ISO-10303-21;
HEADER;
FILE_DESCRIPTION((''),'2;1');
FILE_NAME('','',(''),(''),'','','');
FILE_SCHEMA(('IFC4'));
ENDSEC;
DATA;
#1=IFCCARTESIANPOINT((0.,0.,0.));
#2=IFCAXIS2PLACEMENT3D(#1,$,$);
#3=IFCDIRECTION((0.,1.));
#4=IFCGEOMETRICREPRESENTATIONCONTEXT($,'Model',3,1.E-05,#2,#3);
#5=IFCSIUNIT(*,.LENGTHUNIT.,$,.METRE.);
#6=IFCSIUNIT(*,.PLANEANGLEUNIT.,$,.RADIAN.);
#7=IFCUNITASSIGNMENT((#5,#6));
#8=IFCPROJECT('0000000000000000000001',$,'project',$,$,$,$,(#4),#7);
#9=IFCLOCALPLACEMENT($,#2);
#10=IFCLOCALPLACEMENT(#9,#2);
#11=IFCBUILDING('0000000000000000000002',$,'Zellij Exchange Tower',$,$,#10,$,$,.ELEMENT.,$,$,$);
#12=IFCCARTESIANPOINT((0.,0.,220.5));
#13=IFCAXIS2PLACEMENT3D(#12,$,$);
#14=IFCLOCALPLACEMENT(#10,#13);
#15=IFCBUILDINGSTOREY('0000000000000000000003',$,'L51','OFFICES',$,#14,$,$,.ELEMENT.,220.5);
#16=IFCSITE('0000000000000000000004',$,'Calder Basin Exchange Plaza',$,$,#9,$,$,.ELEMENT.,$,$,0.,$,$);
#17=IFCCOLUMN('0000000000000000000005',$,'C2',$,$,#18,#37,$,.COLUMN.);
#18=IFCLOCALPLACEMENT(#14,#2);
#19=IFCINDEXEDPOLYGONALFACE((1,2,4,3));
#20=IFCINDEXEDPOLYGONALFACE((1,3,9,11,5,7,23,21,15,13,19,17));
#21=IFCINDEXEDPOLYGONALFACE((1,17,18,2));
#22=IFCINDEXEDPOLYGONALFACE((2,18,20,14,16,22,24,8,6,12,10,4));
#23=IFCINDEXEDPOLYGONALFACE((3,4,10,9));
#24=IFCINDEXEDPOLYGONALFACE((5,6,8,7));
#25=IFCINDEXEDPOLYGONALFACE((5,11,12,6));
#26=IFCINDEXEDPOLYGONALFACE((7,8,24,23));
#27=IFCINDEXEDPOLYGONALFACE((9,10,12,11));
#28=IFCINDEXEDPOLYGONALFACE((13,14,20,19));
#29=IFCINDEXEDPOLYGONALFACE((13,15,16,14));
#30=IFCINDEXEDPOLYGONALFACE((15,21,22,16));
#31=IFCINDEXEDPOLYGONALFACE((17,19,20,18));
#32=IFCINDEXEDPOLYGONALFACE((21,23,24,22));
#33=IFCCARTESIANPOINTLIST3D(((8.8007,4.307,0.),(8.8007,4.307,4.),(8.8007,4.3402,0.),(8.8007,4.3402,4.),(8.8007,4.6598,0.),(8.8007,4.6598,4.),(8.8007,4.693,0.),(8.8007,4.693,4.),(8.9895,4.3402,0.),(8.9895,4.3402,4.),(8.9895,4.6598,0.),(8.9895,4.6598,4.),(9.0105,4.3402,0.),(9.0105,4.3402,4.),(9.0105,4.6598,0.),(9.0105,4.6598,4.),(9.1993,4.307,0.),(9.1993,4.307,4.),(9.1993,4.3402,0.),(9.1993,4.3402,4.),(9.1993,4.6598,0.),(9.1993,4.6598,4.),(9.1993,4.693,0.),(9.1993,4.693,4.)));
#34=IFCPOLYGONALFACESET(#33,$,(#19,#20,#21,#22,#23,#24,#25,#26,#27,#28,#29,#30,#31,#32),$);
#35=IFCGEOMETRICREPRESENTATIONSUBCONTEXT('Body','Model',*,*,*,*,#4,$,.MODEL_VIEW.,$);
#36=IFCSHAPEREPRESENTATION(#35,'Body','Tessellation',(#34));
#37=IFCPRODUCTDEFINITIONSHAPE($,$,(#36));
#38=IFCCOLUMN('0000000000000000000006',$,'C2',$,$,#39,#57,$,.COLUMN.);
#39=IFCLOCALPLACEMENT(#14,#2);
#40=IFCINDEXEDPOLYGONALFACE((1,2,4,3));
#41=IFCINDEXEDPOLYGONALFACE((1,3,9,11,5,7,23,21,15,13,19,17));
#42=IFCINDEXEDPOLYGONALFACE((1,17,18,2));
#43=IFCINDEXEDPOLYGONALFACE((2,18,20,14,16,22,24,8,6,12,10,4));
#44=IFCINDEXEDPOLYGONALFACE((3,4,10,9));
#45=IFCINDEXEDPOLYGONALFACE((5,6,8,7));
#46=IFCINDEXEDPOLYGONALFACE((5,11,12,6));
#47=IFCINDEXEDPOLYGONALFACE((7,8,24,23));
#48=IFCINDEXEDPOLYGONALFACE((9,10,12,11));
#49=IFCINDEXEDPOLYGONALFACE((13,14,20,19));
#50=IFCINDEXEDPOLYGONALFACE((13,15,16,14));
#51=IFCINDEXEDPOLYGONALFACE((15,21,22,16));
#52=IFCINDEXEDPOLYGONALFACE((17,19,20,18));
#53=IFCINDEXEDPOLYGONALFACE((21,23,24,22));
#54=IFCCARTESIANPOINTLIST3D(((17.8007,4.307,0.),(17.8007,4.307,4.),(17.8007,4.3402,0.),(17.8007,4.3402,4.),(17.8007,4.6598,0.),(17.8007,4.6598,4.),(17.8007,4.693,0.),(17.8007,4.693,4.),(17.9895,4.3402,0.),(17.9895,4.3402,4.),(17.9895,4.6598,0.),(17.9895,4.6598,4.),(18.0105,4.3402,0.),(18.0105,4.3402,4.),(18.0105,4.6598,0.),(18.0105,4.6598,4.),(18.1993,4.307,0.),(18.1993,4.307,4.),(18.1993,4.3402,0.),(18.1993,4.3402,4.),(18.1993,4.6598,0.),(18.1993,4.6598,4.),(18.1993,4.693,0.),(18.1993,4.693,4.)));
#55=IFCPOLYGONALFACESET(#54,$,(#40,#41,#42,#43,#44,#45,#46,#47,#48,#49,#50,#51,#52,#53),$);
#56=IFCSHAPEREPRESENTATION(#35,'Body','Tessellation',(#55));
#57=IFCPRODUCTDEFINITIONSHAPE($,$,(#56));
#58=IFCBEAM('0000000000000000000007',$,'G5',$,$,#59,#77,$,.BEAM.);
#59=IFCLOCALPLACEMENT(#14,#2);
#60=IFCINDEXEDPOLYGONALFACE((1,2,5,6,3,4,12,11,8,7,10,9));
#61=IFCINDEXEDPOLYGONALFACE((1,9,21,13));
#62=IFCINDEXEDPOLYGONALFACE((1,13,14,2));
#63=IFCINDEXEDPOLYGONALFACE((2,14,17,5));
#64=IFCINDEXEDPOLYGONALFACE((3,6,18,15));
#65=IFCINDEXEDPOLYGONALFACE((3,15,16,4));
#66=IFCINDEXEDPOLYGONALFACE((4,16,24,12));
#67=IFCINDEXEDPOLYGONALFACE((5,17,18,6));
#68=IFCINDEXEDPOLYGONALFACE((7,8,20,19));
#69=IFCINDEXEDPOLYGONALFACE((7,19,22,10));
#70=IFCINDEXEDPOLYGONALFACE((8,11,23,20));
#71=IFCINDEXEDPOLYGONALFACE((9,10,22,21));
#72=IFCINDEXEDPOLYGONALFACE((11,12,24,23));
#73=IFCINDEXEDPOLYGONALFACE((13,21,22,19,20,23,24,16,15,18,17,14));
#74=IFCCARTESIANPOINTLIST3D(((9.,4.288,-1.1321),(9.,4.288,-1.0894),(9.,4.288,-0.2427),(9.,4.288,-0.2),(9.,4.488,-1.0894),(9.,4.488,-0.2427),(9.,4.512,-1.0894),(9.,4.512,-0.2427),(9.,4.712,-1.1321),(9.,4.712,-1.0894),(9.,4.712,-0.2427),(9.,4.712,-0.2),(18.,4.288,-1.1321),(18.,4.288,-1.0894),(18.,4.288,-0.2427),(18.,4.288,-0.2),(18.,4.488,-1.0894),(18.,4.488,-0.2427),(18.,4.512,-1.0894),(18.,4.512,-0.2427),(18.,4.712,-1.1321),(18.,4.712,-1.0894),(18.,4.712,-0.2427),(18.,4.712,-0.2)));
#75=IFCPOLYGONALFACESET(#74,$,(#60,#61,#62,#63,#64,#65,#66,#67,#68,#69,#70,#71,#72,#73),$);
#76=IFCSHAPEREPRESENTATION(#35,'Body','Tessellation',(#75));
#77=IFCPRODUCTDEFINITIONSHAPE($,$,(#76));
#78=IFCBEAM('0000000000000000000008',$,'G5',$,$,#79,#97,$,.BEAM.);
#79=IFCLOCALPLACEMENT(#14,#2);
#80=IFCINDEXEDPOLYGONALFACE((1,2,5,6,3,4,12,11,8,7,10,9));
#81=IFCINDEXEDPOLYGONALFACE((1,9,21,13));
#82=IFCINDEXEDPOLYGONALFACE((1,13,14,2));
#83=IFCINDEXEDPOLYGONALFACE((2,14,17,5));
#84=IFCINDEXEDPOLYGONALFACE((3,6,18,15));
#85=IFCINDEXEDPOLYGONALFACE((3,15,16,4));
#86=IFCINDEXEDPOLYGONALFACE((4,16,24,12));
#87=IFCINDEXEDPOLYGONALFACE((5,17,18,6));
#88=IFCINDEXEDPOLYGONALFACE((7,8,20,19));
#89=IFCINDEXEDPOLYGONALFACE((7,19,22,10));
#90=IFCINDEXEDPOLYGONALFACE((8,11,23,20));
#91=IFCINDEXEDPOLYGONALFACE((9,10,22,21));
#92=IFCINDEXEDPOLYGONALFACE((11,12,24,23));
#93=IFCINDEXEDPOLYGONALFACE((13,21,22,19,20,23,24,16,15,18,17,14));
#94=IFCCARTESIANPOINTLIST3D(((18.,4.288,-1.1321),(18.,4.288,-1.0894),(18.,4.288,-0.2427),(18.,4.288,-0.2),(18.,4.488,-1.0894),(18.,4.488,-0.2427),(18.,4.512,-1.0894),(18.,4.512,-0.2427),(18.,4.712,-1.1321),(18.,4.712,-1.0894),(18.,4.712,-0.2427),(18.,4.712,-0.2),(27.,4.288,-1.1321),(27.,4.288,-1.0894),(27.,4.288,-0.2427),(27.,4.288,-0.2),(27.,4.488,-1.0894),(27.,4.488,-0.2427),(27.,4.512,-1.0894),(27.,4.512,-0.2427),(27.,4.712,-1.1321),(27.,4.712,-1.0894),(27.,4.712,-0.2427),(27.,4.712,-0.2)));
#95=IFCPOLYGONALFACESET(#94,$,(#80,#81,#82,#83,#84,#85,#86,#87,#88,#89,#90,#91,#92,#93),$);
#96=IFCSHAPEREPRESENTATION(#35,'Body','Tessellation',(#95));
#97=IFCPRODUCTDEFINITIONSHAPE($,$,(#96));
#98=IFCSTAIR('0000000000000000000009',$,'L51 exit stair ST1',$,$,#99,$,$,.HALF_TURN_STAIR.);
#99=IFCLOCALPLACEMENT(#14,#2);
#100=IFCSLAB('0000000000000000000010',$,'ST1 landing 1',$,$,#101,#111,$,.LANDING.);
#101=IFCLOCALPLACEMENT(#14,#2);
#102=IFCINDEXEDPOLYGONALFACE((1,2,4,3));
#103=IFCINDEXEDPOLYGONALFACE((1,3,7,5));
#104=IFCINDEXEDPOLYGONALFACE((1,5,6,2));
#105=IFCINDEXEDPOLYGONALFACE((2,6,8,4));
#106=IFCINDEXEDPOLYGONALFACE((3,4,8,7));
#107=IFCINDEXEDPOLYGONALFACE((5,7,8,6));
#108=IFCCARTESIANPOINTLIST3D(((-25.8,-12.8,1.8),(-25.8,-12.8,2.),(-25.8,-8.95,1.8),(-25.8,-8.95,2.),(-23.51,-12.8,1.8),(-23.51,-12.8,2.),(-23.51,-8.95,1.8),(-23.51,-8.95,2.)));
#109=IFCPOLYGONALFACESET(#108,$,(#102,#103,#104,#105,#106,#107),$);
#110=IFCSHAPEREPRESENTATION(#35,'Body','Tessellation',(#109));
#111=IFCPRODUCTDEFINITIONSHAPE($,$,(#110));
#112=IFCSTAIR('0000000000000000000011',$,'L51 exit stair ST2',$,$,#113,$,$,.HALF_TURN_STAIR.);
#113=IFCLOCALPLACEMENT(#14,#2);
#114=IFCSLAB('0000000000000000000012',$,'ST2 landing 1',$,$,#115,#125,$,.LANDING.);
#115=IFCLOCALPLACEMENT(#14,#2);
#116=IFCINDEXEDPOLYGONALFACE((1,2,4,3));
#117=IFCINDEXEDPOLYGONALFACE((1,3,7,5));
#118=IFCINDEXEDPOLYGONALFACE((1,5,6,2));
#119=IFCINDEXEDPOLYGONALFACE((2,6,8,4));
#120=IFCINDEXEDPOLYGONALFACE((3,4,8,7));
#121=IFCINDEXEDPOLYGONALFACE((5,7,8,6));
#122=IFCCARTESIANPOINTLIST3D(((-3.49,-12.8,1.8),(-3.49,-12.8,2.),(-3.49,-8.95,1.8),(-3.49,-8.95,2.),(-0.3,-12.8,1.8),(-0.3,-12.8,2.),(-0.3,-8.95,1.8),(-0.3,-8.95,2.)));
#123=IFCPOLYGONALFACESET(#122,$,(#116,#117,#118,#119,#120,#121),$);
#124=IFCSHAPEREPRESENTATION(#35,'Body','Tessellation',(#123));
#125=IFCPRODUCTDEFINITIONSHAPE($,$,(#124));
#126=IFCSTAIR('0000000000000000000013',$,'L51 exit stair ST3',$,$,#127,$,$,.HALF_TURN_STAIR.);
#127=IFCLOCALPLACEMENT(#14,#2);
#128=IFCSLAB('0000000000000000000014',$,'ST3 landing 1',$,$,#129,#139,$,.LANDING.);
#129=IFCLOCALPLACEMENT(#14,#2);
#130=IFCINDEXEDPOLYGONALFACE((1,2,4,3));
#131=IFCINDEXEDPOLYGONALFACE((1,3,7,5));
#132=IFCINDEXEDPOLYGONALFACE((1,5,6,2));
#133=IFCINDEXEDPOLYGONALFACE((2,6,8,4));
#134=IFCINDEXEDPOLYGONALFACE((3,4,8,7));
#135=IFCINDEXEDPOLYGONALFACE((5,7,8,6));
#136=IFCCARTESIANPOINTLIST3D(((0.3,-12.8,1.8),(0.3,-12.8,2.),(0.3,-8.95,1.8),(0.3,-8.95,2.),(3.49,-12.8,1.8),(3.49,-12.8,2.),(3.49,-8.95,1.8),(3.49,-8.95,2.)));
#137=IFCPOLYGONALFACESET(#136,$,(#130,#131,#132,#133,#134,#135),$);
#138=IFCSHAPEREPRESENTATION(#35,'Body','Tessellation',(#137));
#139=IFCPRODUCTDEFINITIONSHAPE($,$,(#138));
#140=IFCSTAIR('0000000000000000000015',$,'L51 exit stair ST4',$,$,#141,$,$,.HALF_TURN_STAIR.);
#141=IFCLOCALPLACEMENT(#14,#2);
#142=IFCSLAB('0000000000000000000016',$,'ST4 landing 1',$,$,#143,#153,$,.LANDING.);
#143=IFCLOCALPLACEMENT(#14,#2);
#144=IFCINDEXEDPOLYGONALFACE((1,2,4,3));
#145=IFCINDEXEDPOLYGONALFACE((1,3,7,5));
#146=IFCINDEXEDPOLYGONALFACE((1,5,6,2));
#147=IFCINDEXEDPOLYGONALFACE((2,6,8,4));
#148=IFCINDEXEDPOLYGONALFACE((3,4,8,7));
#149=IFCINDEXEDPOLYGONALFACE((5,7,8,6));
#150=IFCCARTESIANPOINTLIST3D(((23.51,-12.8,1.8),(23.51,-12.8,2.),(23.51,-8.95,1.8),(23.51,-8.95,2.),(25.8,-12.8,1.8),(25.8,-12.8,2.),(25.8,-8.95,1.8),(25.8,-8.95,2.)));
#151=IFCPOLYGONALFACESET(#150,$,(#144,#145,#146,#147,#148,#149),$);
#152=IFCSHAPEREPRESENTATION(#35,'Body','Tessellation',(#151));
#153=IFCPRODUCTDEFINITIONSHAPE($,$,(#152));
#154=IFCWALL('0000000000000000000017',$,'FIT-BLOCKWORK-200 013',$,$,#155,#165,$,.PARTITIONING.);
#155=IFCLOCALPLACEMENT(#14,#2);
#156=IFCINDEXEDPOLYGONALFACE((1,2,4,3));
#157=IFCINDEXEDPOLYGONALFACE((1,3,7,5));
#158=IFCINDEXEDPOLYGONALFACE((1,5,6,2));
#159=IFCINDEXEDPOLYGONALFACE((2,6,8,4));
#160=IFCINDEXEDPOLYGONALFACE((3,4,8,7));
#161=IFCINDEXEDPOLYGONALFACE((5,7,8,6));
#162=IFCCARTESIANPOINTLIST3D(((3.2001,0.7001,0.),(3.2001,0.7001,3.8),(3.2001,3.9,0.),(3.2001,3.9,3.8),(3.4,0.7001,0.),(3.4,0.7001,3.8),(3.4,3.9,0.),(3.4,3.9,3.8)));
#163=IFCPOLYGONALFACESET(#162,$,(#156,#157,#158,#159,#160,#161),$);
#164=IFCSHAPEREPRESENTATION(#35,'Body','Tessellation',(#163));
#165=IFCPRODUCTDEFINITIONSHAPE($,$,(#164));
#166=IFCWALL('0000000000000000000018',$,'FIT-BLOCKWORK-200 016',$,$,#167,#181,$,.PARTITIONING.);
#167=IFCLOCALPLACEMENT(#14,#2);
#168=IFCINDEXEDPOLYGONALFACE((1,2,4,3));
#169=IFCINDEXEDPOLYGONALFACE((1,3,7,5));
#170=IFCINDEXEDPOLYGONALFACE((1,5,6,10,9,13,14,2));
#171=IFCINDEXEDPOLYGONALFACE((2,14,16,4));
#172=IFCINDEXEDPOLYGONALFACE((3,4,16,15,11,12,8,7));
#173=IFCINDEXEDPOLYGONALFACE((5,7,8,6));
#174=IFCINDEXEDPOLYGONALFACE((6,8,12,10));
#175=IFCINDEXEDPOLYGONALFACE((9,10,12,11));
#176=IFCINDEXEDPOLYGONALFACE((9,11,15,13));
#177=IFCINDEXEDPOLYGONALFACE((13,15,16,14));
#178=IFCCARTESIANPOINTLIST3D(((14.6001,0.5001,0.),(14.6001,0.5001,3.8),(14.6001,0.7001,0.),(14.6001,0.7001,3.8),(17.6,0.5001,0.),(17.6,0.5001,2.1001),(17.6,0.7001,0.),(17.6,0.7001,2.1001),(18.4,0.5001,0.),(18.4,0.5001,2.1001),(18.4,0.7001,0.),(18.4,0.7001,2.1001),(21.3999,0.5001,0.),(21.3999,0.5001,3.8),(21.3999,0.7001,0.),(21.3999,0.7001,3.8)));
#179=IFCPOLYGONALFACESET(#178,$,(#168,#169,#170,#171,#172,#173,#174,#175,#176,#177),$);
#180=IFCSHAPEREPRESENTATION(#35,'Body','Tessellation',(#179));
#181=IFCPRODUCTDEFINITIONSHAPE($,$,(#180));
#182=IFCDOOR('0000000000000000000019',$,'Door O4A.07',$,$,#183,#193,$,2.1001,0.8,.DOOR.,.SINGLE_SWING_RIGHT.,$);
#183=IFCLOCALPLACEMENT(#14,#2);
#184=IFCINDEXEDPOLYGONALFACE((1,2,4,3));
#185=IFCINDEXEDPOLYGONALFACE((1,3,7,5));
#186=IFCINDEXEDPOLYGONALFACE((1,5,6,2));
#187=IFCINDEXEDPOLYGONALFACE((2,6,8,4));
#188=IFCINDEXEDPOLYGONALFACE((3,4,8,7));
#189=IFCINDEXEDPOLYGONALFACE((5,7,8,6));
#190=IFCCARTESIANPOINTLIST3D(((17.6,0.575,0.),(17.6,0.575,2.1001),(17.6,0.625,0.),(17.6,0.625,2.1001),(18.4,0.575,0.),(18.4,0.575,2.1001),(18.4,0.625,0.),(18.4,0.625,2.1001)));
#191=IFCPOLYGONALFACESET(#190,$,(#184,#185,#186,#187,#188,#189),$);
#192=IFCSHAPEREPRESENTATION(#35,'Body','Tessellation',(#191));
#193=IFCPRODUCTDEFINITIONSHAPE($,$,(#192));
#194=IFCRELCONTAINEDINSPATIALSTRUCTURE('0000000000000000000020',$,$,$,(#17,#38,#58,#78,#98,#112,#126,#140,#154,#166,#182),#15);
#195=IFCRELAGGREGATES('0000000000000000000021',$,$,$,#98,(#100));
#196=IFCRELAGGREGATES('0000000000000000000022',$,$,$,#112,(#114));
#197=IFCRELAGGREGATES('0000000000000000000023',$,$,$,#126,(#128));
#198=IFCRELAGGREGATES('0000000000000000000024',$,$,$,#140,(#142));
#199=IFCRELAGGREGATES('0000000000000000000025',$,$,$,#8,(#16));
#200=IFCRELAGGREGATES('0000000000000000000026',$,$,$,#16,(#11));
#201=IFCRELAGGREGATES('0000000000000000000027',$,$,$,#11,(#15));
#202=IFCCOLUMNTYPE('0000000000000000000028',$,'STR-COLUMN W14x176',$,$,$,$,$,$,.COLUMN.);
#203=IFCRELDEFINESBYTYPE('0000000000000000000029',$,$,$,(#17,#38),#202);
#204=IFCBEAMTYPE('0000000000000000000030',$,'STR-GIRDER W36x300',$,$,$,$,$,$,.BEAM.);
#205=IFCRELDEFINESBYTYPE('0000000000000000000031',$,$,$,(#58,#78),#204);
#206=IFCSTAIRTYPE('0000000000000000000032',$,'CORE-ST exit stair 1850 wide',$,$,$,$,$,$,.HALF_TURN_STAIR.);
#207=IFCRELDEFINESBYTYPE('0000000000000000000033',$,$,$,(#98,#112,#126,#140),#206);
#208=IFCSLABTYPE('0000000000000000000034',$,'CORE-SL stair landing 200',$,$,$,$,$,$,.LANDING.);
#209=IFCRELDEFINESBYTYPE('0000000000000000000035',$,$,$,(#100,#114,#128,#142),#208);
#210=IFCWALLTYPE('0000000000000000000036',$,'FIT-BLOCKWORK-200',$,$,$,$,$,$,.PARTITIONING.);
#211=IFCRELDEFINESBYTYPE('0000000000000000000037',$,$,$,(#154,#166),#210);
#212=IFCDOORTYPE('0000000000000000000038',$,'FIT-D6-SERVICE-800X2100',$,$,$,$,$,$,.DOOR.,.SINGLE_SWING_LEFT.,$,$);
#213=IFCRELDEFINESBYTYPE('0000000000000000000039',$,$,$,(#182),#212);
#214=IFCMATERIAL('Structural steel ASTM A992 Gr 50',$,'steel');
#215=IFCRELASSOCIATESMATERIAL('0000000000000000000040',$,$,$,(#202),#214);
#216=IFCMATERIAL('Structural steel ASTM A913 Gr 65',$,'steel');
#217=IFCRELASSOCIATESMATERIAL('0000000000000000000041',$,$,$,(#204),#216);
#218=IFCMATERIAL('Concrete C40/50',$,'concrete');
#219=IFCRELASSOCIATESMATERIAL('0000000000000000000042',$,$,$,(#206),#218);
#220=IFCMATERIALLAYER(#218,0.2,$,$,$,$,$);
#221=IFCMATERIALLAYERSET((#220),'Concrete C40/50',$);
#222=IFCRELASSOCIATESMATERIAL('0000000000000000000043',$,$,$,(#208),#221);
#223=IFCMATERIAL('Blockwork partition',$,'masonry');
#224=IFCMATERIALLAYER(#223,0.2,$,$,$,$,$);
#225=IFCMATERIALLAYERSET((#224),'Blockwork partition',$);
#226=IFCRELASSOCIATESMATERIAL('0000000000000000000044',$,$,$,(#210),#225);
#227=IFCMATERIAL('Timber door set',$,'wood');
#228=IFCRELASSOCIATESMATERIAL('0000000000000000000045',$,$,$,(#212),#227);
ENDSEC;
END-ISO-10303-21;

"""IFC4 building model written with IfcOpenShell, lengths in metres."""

from ifc_helpers import new_model, si_unit, direction, frame, frame_2d, origin, origin_2d, place, context, subcontext, project, spatial, polyline, rectangle, i_section, outline, extrude, material, layer, layer_set, material_profile, profile_set, type_object, element, fill, aggregate, save


model = new_model("IFC4")

# Units and contexts
model_context = context("Model", 3, precision=1e-05, world=origin(), true_north=direction((0.0, 1.0)))
body_context = subcontext(model_context, "Body", "Model", "MODEL_VIEW")
ifc_project = project(units=[si_unit("LENGTHUNIT", "METRE"), si_unit("PLANEANGLEUNIT", "RADIAN")], contexts=[model_context])

# Site, building, storey
site_placement = place(None, origin())
site = spatial("IfcSite", under=ifc_project, at=site_placement, Name="Calder Basin Exchange Plaza", CompositionType="ELEMENT", RefElevation=0.0)
building_placement = place(site_placement, origin())
building = spatial("IfcBuilding", under=site, at=building_placement, Name="Zellij Exchange Tower", CompositionType="ELEMENT")
storey_placement = place(building_placement, frame((0.0, 0.0, 220.5)))
storey = spatial("IfcBuildingStorey", under=building, at=storey_placement, Name="L51", Description="OFFICES", CompositionType="ELEMENT", Elevation=220.5)

# Columns
ifc_material_1 = material(Name="Structural steel ASTM A992 Gr 50", Category="steel")
ifc_material_profile_1 = material_profile(ifc_material_1, i_section(OverallWidth=0.3987, OverallDepth=0.386, WebThickness=0.021, FlangeThickness=0.0332, at=origin_2d()), Name="W14x176")
ifc_profile_set_1 = profile_set([ifc_material_profile_1], Name="Structural steel ASTM A992 Gr 50")
column_type = type_object("IfcColumnType", Name="STR-COLUMN W14x176", PredefinedType="COLUMN", material=ifc_profile_set_1)
for number, where, z_axis, x_axis, name in (
    (1, (9.0, 4.5, 0.0), (0.0, 0.0, 1.0), (1.0, 0.0, 0.0), "C2"),
    (2, (18.0, 4.5, 0.0), (0.0, 0.0, 1.0), (1.0, 0.0, 0.0), "C2"),
):
    element("IfcColumn", number, at=place(storey_placement, frame(where, z_axis=z_axis, x_axis=x_axis)), inside=storey, type_object=column_type, Name=name, PredefinedType="COLUMN", context=body_context, shape_type="SweptSolid", body=[
        extrude(i_section(OverallWidth=0.3987, OverallDepth=0.386, WebThickness=0.021, FlangeThickness=0.0332, at=origin_2d()), origin(), (0.0, 0.0, 1.0), 4.0),
    ])

# Beams
ifc_material_2 = material(Name="Structural steel ASTM A913 Gr 65", Category="steel")
ifc_material_profile_2 = material_profile(ifc_material_2, i_section(OverallWidth=0.4241, OverallDepth=0.9321, WebThickness=0.0239, FlangeThickness=0.0427, at=origin_2d()), Name="W36x300")
ifc_profile_set_2 = profile_set([ifc_material_profile_2], Name="Structural steel ASTM A913 Gr 65")
beam_type = type_object("IfcBeamType", Name="STR-GIRDER W36x300", PredefinedType="BEAM", material=ifc_profile_set_2)
for number, where, z_axis, x_axis, name in (
    (3, (9.0, 4.5, -0.666), (1.0, 0.0, 0.0), (0.0, 1.0, 0.0), "G5"),
    (4, (18.0, 4.5, -0.666), (1.0, 0.0, 0.0), (0.0, 1.0, 0.0), "G5"),
):
    element("IfcBeam", number, at=place(storey_placement, frame(where, z_axis=z_axis, x_axis=x_axis)), inside=storey, type_object=beam_type, Name=name, PredefinedType="BEAM", context=body_context, shape_type="SweptSolid", body=[
        extrude(i_section(OverallWidth=0.4241, OverallDepth=0.9321, WebThickness=0.0239, FlangeThickness=0.0427, at=origin_2d()), origin(), (0.0, 0.0, 1.0), 9.0),
    ])

# Stairs, slabs
ifc_material_3 = material(Name="Concrete C40/50", Category="concrete")
stair_type = type_object("IfcStairType", Name="CORE-ST exit stair 1850 wide", PredefinedType="HALF_TURN_STAIR", material=ifc_material_3)
stair_1_placement = place(storey_placement, origin())
stair_1 = element("IfcStair", 5, at=stair_1_placement, inside=storey, type_object=stair_type, Name="L51 exit stair ST1", PredefinedType="HALF_TURN_STAIR")
ifc_layer_1 = layer(ifc_material_3, 0.2)
ifc_layer_set_1 = layer_set([ifc_layer_1], Name="Concrete C40/50")
slab_type = type_object("IfcSlabType", Name="CORE-SL stair landing 200", PredefinedType="LANDING", material=ifc_layer_set_1)
slab_1_placement = place(storey_placement, frame((0.0, 0.0, 1.8)))
slab_1 = element("IfcSlab", 6, at=slab_1_placement, type_object=slab_type, Name="ST1 landing 1", PredefinedType="LANDING", context=body_context, shape_type="SweptSolid", body=[
    extrude(outline(polyline([(-23.51, -8.95), (-25.8, -8.95), (-25.8, -12.8), (-23.51, -12.8), (-23.51, -8.95)])), origin(), (0.0, 0.0, 1.0), 0.2),
])
aggregate(stair_1, [slab_1])
stair_2_placement = place(storey_placement, origin())
stair_2 = element("IfcStair", 7, at=stair_2_placement, inside=storey, type_object=stair_type, Name="L51 exit stair ST2", PredefinedType="HALF_TURN_STAIR")
slab_2_placement = place(storey_placement, frame((0.0, 0.0, 1.8)))
slab_2 = element("IfcSlab", 8, at=slab_2_placement, type_object=slab_type, Name="ST2 landing 1", PredefinedType="LANDING", context=body_context, shape_type="SweptSolid", body=[
    extrude(outline(polyline([(-3.49, -12.8), (-0.3, -12.8), (-0.3, -8.95), (-3.49, -8.95), (-3.49, -12.8)])), origin(), (0.0, 0.0, 1.0), 0.2),
])
aggregate(stair_2, [slab_2])
stair_3_placement = place(storey_placement, origin())
stair_3 = element("IfcStair", 9, at=stair_3_placement, inside=storey, type_object=stair_type, Name="L51 exit stair ST3", PredefinedType="HALF_TURN_STAIR")
slab_3_placement = place(storey_placement, frame((0.0, 0.0, 1.8)))
slab_3 = element("IfcSlab", 10, at=slab_3_placement, type_object=slab_type, Name="ST3 landing 1", PredefinedType="LANDING", context=body_context, shape_type="SweptSolid", body=[
    extrude(outline(polyline([(3.49, -8.95), (0.3, -8.95), (0.3, -12.8), (3.49, -12.8), (3.49, -8.95)])), origin(), (0.0, 0.0, 1.0), 0.2),
])
aggregate(stair_3, [slab_3])
stair_4_placement = place(storey_placement, origin())
stair_4 = element("IfcStair", 11, at=stair_4_placement, inside=storey, type_object=stair_type, Name="L51 exit stair ST4", PredefinedType="HALF_TURN_STAIR")
slab_4_placement = place(storey_placement, frame((0.0, 0.0, 1.8)))
slab_4 = element("IfcSlab", 12, at=slab_4_placement, type_object=slab_type, Name="ST4 landing 1", PredefinedType="LANDING", context=body_context, shape_type="SweptSolid", body=[
    extrude(outline(polyline([(23.51, -12.8), (25.8, -12.8), (25.8, -8.95), (23.51, -8.95), (23.51, -12.8)])), origin(), (0.0, 0.0, 1.0), 0.2),
])
aggregate(stair_4, [slab_4])

# Wall
ifc_material_4 = material(Name="Blockwork partition", Category="masonry")
ifc_layer_2 = layer(ifc_material_4, 0.2)
ifc_layer_set_2 = layer_set([ifc_layer_2], Name="Blockwork partition")
wall_type_1 = type_object("IfcWallType", Name="FIT-BLOCKWORK-200", PredefinedType="PARTITIONING", material=ifc_layer_set_2)
wall_1_placement = place(storey_placement, frame((3.3, 0.7, 0.0), z_axis=(0.0, 0.0, 1.0), x_axis=(0.0, 1.0, 0.0)))
element("IfcWall", 13, at=wall_1_placement, inside=storey, type_object=wall_type_1, Name="FIT-BLOCKWORK-200 013", PredefinedType="PARTITIONING", context=body_context, shape_type="SweptSolid", body=[
    extrude(rectangle(XDim=3.2, YDim=0.2, at=frame_2d((1.6001, 0.0))), origin(), (0.0, 0.0, 1.0), 3.8),
])

# Wall, opening, door
wall_2_placement = place(storey_placement, frame((14.6001, 0.6001, 0.0), z_axis=(0.0, 0.0, 1.0), x_axis=(1.0, 0.0, 0.0)))
wall_2 = element("IfcWall", 14, at=wall_2_placement, inside=storey, type_object=wall_type_1, Name="FIT-BLOCKWORK-200 016", PredefinedType="PARTITIONING", context=body_context, shape_type="SweptSolid", body=[
    extrude(rectangle(XDim=6.7998, YDim=0.2, at=frame_2d((3.3999, 0.0))), origin(), (0.0, 0.0, 1.0), 3.8),
])
opening_1_placement = place(wall_2_placement, frame((3.0, 0.0, 0.0)))
opening_1 = element("IfcOpeningElement", 15, at=opening_1_placement, cuts=wall_2, PredefinedType="OPENING", context=body_context, shape_type="SweptSolid", body=[
    extrude(rectangle(XDim=0.8, YDim=2.1001, at=frame_2d((0.3999, 1.05))), frame((0.0, 0.1118, 0.0), z_axis=(0.0, -1.0, 0.0), x_axis=(1.0, 0.0, 0.0)), (0.0, 0.0, 1.0), 0.2239),
])
ifc_material_5 = material(Name="Timber door set", Category="wood")
door_type_1 = type_object("IfcDoorType", Name="FIT-D6-SERVICE-800X2100", OperationType="SINGLE_SWING_LEFT", PredefinedType="DOOR", material=ifc_material_5)
door_1_placement = place(opening_1_placement, origin())
door_1 = element("IfcDoor", 16, at=door_1_placement, inside=storey, type_object=door_type_1, Name="Door O4A.07", OperationType="SINGLE_SWING_RIGHT", OverallHeight=2.1001, OverallWidth=0.8, PredefinedType="DOOR", context=body_context, shape_type="SweptSolid", body=[
    extrude(rectangle(XDim=0.8, YDim=2.1001, at=frame_2d((0.3999, 1.05))), frame((0.0, 0.0249, 0.0), z_axis=(0.0, -1.0, 0.0), x_axis=(1.0, 0.0, 0.0)), (0.0, 0.0, 1.0), 0.05),
])
fill(opening_1, door_1)

save(model, "model.ifc")
